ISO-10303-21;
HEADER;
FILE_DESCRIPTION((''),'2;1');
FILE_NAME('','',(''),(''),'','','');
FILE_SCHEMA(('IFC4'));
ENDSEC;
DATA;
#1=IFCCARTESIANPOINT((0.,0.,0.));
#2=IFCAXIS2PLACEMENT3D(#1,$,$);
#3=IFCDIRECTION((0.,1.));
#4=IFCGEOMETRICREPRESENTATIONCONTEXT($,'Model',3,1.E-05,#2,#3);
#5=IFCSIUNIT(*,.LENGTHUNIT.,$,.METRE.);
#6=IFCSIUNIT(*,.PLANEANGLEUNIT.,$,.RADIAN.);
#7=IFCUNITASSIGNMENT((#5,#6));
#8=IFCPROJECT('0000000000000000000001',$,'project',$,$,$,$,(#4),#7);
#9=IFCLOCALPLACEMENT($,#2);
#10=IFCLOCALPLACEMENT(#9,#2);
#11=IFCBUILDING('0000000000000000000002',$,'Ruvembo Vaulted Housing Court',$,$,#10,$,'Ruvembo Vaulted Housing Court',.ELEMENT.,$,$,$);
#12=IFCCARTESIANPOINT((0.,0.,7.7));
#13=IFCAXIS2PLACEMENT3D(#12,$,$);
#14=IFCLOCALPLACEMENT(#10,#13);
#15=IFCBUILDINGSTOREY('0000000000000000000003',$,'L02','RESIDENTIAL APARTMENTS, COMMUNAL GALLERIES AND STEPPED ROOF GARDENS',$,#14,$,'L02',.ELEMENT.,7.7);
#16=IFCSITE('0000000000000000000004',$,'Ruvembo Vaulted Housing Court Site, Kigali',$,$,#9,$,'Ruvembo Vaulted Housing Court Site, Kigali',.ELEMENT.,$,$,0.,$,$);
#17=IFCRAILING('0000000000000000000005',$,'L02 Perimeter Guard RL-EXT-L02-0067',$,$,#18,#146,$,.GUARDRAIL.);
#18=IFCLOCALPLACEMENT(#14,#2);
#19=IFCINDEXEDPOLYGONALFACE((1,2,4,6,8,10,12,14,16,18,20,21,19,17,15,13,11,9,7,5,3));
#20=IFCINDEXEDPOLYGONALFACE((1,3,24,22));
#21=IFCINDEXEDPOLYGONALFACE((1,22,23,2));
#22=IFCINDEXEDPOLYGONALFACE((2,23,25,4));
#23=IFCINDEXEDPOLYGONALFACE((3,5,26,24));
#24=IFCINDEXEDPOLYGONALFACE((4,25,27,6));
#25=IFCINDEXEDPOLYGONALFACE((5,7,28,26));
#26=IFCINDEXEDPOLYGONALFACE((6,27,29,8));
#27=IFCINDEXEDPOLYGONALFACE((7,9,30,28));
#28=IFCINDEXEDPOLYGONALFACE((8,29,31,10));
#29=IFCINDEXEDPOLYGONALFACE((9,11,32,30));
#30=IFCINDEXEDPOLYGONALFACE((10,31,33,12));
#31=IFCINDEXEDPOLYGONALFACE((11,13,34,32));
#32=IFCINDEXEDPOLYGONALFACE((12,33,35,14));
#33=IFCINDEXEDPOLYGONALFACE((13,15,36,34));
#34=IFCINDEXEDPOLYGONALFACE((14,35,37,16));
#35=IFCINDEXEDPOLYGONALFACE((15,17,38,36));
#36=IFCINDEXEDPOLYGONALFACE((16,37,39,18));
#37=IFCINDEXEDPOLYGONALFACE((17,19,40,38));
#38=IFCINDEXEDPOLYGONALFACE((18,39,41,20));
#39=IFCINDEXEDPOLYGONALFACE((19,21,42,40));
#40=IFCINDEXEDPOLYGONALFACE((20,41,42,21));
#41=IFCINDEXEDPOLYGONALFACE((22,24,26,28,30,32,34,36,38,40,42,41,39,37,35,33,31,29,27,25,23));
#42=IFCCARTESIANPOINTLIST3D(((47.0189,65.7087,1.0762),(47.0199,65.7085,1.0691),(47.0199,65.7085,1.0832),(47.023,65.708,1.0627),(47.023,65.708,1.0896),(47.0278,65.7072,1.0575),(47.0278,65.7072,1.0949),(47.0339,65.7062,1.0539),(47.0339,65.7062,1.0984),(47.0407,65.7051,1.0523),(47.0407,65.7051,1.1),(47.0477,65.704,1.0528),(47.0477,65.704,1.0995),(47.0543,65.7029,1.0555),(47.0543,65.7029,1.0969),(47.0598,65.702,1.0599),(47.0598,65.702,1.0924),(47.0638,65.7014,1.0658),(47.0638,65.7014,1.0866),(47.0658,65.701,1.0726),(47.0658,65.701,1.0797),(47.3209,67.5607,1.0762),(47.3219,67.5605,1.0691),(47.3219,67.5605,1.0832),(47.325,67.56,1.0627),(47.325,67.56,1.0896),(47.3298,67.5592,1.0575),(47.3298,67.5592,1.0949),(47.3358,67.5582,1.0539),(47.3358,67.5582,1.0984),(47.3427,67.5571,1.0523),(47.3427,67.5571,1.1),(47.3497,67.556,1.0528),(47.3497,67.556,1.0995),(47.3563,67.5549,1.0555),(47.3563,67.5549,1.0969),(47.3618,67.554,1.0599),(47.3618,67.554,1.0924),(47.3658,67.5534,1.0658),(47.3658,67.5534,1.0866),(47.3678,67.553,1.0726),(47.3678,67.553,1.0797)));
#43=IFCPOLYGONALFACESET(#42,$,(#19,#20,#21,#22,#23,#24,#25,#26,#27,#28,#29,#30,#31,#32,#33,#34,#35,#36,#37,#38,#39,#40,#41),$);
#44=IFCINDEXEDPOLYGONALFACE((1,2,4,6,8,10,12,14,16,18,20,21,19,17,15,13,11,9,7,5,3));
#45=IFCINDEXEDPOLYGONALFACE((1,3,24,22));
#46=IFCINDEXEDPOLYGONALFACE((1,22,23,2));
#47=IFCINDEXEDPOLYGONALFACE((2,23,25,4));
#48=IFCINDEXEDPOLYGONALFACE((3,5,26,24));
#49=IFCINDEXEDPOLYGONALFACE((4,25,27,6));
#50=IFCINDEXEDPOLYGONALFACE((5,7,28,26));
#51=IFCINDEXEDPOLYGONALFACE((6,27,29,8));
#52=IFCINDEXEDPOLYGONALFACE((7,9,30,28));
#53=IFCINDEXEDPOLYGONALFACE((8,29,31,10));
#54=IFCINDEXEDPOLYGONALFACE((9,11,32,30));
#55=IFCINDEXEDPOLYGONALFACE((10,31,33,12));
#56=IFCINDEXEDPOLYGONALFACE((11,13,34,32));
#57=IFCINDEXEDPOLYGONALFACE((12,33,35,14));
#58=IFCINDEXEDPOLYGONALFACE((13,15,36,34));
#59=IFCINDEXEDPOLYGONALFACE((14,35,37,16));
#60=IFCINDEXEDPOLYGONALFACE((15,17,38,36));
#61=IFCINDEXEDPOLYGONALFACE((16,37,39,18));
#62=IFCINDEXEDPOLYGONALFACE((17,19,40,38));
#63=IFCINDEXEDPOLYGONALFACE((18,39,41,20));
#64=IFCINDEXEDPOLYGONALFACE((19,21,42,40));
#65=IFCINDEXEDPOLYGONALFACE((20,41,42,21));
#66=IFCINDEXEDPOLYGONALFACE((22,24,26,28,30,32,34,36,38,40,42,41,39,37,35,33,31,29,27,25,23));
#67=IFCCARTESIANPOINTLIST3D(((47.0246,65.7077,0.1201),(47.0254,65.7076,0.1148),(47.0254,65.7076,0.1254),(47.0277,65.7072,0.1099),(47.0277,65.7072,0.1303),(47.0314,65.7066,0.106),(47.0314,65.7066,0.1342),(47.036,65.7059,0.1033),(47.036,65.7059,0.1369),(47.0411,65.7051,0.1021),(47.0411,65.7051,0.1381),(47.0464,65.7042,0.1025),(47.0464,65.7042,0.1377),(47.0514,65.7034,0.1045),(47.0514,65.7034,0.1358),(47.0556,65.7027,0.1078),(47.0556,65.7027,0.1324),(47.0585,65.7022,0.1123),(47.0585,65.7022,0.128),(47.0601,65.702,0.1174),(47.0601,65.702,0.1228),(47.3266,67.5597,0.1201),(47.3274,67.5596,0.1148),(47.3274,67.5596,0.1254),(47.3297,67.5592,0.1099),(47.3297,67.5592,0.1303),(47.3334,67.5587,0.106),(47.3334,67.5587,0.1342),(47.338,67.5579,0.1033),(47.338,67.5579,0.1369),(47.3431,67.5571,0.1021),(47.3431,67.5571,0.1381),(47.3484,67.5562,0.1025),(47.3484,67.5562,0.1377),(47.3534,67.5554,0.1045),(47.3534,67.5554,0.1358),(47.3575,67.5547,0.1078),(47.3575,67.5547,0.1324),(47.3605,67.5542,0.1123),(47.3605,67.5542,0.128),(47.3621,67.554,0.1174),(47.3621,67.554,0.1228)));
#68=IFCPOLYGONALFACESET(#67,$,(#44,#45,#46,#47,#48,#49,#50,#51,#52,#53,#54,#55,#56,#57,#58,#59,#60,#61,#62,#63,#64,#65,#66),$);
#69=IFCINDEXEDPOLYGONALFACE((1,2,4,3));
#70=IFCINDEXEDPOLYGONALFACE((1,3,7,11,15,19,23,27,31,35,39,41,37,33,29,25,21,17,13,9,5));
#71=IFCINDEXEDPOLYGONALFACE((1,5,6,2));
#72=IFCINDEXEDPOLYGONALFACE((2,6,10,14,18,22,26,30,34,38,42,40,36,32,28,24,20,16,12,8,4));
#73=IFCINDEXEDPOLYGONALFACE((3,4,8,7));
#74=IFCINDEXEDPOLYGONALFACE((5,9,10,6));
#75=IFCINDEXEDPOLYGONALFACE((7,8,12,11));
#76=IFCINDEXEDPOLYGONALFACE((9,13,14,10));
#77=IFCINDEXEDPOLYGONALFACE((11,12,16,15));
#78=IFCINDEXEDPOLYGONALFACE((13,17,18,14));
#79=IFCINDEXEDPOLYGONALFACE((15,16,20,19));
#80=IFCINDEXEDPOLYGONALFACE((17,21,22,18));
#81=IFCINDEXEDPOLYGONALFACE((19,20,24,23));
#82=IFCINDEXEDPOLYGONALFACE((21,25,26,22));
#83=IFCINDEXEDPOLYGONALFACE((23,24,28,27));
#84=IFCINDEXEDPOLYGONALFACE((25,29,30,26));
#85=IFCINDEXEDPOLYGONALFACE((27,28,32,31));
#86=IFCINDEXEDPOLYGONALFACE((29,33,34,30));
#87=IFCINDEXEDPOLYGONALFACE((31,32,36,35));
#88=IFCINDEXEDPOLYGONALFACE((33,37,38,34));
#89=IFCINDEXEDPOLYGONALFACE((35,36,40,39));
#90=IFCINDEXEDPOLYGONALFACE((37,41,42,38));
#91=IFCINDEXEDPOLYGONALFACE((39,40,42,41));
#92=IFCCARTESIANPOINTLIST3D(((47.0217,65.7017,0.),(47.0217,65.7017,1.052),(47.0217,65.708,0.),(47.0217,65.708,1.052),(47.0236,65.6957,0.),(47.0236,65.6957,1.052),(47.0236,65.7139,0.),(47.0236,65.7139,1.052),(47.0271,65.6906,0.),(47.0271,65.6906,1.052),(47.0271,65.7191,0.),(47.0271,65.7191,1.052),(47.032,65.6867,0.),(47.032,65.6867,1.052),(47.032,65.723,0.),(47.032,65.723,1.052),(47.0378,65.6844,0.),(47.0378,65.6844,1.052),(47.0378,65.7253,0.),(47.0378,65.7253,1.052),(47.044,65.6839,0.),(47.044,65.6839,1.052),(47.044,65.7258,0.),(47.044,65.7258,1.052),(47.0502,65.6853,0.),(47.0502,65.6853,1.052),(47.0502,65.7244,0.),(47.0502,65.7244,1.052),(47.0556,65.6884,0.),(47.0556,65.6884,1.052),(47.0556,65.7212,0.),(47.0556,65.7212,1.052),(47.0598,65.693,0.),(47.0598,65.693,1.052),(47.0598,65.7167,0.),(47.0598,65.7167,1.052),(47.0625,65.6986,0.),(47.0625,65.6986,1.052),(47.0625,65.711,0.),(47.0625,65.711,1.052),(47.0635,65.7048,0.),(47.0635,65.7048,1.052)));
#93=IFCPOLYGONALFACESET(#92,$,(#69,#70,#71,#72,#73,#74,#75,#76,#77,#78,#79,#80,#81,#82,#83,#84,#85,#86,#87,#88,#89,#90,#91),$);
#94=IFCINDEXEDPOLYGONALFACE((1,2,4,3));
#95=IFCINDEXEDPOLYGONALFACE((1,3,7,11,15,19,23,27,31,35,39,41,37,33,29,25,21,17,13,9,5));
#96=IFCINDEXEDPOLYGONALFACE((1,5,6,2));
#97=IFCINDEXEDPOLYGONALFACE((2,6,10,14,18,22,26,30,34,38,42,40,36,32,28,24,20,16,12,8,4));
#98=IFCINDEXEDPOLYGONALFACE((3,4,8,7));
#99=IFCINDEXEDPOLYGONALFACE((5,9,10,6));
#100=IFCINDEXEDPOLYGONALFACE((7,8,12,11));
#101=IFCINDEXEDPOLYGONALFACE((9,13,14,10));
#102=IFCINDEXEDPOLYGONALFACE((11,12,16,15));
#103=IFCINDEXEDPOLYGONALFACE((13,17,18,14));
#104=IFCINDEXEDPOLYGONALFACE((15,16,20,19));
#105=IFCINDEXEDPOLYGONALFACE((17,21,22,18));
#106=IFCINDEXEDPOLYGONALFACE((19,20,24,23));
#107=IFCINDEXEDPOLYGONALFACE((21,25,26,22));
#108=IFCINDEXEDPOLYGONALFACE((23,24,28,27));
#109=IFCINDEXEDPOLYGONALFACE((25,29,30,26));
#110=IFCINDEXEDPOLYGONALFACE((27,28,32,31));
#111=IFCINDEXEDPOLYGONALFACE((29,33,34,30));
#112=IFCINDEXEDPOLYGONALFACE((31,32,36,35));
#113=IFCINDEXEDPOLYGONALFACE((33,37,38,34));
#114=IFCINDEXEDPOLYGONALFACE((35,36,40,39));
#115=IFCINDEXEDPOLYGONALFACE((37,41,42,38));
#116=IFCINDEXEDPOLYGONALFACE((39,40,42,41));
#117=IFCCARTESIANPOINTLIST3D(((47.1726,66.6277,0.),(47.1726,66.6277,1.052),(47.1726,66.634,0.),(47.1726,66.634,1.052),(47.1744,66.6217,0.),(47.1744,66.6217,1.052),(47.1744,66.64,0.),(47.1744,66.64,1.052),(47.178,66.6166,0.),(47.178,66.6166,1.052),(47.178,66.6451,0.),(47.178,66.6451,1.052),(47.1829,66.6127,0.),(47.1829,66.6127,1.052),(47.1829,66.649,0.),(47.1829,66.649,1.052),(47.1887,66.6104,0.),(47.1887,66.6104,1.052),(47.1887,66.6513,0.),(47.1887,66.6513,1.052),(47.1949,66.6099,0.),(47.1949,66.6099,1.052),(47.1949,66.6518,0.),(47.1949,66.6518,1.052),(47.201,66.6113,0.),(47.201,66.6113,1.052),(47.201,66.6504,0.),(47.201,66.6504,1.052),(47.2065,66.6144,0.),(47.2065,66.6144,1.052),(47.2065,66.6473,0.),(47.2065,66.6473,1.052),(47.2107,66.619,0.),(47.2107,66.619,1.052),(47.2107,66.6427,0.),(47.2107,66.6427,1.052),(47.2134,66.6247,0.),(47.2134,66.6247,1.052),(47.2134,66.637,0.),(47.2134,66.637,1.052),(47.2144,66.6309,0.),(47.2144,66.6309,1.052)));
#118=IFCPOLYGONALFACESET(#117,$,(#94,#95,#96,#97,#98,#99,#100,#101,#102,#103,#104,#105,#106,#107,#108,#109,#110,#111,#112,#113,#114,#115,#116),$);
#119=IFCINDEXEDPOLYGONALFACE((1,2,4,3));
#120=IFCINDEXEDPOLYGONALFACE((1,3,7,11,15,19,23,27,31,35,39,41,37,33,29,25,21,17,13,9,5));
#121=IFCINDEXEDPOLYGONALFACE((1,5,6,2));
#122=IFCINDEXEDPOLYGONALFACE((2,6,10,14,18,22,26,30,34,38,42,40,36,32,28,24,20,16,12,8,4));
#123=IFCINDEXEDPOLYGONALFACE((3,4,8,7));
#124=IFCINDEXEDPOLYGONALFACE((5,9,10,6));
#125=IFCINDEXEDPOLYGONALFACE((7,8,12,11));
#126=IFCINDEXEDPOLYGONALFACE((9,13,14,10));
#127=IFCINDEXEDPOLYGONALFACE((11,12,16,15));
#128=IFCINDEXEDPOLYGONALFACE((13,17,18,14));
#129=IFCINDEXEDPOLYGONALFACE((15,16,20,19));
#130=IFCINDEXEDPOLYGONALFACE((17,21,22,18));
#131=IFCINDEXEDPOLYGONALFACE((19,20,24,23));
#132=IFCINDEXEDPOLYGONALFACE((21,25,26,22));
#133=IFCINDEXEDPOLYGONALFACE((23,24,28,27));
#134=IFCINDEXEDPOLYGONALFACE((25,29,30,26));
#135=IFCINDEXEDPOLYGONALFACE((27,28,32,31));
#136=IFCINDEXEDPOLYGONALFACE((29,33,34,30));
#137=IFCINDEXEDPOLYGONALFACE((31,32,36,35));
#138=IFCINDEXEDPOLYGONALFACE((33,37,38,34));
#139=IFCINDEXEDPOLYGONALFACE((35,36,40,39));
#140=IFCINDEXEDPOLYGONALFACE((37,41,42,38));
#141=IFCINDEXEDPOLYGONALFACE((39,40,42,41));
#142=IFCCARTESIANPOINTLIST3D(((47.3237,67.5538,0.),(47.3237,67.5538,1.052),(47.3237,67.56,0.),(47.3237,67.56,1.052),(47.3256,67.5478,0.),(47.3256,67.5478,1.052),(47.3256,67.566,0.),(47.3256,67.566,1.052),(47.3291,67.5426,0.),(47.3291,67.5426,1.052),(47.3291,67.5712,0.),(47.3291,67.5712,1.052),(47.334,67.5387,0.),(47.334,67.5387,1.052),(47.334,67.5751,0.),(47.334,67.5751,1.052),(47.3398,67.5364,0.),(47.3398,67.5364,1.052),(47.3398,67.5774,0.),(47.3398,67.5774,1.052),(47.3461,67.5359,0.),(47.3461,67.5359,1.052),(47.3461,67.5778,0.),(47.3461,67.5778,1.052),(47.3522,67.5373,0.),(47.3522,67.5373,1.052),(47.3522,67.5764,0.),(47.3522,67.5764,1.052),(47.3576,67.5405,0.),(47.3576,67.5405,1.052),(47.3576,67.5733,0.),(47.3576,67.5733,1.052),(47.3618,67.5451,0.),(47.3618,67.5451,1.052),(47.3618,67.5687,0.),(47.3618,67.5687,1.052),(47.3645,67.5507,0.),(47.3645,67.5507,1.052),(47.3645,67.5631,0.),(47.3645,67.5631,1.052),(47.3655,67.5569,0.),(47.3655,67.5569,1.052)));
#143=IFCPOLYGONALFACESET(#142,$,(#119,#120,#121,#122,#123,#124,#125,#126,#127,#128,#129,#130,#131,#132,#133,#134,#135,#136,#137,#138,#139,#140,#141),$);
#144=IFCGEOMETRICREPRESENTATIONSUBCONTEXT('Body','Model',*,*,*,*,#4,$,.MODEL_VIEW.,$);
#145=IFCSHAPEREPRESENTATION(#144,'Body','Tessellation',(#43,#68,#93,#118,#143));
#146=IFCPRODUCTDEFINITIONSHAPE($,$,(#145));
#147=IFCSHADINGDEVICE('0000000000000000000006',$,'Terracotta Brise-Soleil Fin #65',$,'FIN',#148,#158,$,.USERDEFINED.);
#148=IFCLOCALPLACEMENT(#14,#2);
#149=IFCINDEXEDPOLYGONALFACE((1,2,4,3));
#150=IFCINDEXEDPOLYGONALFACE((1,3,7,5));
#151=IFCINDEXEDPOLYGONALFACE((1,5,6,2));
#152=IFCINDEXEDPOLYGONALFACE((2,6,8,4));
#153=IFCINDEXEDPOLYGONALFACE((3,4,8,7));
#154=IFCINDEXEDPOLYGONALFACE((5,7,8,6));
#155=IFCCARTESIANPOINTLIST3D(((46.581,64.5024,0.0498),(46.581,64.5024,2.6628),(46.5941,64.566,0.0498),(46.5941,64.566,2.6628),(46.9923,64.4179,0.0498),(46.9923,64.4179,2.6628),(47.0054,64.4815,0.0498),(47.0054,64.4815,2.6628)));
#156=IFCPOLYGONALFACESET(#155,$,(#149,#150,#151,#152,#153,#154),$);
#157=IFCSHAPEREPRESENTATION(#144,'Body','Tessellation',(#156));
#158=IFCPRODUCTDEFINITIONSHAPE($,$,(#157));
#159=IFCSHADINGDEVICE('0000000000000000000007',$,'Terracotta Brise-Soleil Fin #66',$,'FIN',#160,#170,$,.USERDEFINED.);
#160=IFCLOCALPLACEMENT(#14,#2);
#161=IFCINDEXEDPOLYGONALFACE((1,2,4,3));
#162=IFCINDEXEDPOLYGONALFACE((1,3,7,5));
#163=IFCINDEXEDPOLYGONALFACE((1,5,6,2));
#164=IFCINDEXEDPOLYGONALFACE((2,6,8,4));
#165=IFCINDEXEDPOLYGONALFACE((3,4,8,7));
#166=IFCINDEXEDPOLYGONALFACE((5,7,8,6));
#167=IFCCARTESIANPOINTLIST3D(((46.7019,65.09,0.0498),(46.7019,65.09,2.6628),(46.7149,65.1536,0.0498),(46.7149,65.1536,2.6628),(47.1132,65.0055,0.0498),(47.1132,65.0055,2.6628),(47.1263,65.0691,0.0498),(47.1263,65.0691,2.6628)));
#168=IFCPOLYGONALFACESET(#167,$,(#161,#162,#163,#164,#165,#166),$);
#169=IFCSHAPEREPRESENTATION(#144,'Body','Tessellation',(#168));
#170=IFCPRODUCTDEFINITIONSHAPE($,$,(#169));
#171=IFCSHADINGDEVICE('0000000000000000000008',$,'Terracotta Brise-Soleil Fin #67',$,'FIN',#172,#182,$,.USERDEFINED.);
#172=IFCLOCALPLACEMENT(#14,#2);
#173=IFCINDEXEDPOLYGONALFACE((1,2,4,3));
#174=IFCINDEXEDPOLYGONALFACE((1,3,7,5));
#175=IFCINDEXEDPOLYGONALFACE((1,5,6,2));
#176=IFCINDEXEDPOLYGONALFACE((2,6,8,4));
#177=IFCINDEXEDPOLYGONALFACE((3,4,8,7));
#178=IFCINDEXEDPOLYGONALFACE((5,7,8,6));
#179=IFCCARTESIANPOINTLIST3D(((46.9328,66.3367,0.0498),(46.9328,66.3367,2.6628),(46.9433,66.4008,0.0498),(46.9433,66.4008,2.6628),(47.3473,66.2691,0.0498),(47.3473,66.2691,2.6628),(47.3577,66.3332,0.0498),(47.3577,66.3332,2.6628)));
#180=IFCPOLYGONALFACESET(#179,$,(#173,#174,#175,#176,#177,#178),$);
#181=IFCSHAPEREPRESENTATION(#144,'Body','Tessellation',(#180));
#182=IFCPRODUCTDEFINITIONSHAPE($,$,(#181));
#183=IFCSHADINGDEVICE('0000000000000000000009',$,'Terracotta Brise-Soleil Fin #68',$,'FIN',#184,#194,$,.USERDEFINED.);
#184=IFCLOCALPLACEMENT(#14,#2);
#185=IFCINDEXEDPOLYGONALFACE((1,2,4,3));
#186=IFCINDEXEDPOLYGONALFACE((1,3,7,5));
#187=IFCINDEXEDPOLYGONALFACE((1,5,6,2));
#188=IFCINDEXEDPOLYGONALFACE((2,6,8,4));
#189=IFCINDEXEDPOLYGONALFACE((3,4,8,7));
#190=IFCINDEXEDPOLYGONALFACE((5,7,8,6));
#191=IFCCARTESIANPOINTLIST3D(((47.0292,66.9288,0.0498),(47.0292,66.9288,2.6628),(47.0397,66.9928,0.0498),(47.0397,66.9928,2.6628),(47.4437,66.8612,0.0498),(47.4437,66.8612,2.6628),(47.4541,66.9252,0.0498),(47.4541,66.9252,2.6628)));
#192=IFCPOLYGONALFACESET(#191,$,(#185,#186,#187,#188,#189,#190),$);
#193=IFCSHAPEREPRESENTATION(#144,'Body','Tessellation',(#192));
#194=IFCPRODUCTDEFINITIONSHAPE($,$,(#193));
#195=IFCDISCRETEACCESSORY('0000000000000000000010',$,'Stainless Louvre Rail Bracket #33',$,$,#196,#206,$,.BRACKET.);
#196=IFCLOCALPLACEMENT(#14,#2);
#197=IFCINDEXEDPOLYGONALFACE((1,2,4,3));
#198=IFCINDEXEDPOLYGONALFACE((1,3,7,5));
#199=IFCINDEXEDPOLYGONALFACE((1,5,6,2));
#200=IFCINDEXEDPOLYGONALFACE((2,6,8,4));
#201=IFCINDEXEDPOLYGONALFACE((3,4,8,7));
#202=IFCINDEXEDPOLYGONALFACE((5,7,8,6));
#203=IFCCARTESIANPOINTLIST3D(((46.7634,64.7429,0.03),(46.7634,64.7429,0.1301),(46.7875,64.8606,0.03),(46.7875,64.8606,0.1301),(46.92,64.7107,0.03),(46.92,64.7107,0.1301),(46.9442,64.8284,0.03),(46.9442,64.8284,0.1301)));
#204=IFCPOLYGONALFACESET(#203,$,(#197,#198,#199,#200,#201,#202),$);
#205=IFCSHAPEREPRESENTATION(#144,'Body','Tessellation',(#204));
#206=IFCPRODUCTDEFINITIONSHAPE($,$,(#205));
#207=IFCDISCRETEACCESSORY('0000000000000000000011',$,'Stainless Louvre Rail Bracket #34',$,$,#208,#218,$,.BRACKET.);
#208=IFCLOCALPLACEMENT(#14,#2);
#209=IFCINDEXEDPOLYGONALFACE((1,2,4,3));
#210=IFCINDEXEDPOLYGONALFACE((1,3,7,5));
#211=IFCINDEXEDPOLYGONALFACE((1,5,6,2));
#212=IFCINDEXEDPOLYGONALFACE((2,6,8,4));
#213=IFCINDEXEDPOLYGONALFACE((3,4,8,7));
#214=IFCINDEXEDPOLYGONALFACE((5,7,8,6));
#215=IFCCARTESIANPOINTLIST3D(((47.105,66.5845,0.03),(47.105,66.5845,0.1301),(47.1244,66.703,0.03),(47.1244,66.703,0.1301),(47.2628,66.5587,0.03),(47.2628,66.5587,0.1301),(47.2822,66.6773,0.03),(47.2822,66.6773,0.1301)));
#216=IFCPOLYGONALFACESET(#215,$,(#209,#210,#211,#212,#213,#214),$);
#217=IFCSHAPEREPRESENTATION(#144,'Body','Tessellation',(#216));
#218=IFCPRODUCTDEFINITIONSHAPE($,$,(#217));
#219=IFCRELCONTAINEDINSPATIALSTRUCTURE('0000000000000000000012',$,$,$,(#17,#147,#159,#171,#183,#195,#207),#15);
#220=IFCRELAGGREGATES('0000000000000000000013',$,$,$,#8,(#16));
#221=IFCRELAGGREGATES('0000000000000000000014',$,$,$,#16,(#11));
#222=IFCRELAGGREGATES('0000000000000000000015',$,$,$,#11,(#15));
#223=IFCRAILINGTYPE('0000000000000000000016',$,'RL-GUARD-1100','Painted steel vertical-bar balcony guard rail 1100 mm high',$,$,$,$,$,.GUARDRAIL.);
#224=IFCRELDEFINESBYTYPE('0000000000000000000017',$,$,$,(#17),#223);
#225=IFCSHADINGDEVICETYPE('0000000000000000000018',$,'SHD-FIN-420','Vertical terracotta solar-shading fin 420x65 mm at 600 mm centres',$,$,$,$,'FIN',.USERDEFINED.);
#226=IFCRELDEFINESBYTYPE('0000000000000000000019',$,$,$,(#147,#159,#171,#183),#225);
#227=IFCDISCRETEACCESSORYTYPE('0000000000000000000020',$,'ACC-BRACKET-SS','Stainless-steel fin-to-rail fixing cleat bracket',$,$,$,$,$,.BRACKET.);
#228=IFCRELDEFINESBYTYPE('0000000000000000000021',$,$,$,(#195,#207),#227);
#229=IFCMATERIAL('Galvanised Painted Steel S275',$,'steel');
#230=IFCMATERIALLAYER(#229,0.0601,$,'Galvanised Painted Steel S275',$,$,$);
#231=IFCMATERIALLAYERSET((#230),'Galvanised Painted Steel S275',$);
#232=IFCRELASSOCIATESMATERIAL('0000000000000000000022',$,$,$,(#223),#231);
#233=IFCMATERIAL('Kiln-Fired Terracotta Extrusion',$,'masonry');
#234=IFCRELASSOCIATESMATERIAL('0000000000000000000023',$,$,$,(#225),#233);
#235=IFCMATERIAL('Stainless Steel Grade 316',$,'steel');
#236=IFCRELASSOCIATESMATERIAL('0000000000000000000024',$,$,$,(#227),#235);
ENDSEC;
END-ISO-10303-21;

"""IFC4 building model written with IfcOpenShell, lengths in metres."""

from ifc_helpers import new_model, si_unit, direction, frame, origin, origin_2d, place, context, subcontext, project, spatial, rectangle, circle, extrude, material, layer, layer_set, type_object, element, save


model = new_model("IFC4")

# Units and contexts
model_context = context("Model", 3, precision=1e-05, world=origin(), true_north=direction((0.0, 1.0)))
body_context = subcontext(model_context, "Body", "Model", "MODEL_VIEW")
ifc_project = project(units=[si_unit("LENGTHUNIT", "METRE"), si_unit("PLANEANGLEUNIT", "RADIAN")], contexts=[model_context])

# Site, building, storey
site_placement = place(None, origin())
site = spatial("IfcSite", under=ifc_project, at=site_placement, Name="Ruvembo Vaulted Housing Court Site, Kigali", LongName="Ruvembo Vaulted Housing Court Site, Kigali", CompositionType="ELEMENT", RefElevation=0.0)
building_placement = place(site_placement, origin())
building = spatial("IfcBuilding", under=site, at=building_placement, Name="Ruvembo Vaulted Housing Court", LongName="Ruvembo Vaulted Housing Court", CompositionType="ELEMENT")
storey_placement = place(building_placement, frame((0.0, 0.0, 7.7)))
storey = spatial("IfcBuildingStorey", under=building, at=storey_placement, Name="L02", Description="RESIDENTIAL APARTMENTS, COMMUNAL GALLERIES AND STEPPED ROOF GARDENS", LongName="L02", CompositionType="ELEMENT", Elevation=7.7)

# Railing
ifc_material_1 = material(Name="Galvanised Painted Steel S275", Category="steel")
ifc_layer_1 = layer(ifc_material_1, 0.0601, Name="Galvanised Painted Steel S275")
ifc_layer_set_1 = layer_set([ifc_layer_1], Name="Galvanised Painted Steel S275")
railing_type = type_object("IfcRailingType", Name="RL-GUARD-1100", Description="Painted steel vertical-bar balcony guard rail 1100 mm high", PredefinedType="GUARDRAIL", material=ifc_layer_set_1)
railing_1_placement = place(storey_placement, frame((47.0425, 65.7048, 0.0)))
element("IfcRailing", 1, at=railing_1_placement, inside=storey, type_object=railing_type, Name="L02 Perimeter Guard RL-EXT-L02-0067", PredefinedType="GUARDRAIL", context=body_context, shape_type="SweptSolid", body=[
    extrude(circle(Radius=0.0239, at=origin_2d()), frame((0.0, 0.0, 1.0762), z_axis=(0.160938, 0.986965, 0.0), x_axis=(-0.986965, 0.160938, 0.0)), (0.0, 0.0, 1.0), 1.8765),
    extrude(circle(Radius=0.0181, at=origin_2d()), frame((0.0, 0.0, 0.1201), z_axis=(0.160938, 0.986965, 0.0), x_axis=(-0.986965, 0.160938, 0.0)), (0.0, 0.0, 1.0), 1.8765),
    extrude(circle(Radius=0.021, at=origin_2d()), origin(), (0.0, 0.0, 1.0), 1.052),
    extrude(circle(Radius=0.021, at=origin_2d()), frame((0.1509, 0.926, 0.0)), (0.0, 0.0, 1.0), 1.052),
    extrude(circle(Radius=0.021, at=origin_2d()), frame((0.302, 1.8521, 0.0)), (0.0, 0.0, 1.0), 1.052),
])

# Shading devices
ifc_material_2 = material(Name="Kiln-Fired Terracotta Extrusion", Category="masonry")
shading_device_type = type_object("IfcShadingDeviceType", Name="SHD-FIN-420", Description="Vertical terracotta solar-shading fin 420x65 mm at 600 mm centres", ElementType="FIN", PredefinedType="USERDEFINED", material=ifc_material_2)
for number, where, z_axis, x_axis, name in (
    (2, (46.7932, 64.4919, 0.0498), (0.0, 0.0, 1.0), (0.979547, -0.201215, 0.0), "Terracotta Brise-Soleil Fin #65"),
    (3, (46.9141, 65.0796, 0.0498), (0.0, 0.0, 1.0), (0.979547, -0.201215, 0.0), "Terracotta Brise-Soleil Fin #66"),
    (4, (47.1453, 66.335, 0.0498), (0.0, 0.0, 1.0), (0.986957, -0.160984, 0.0), "Terracotta Brise-Soleil Fin #67"),
    (5, (47.2417, 66.927, 0.0498), (0.0, 0.0, 1.0), (0.986957, -0.160984, 0.0), "Terracotta Brise-Soleil Fin #68"),
):
    element("IfcShadingDevice", number, at=place(storey_placement, frame(where, z_axis=z_axis, x_axis=x_axis)), inside=storey, type_object=shading_device_type, Name=name, ObjectType="FIN", PredefinedType="USERDEFINED", context=body_context, shape_type="SweptSolid", body=[
        extrude(rectangle(XDim=0.4199, YDim=0.0649, at=origin_2d()), origin(), (0.0, 0.0, 1.0), 2.613),
    ])

# Discrete accessories
ifc_material_3 = material(Name="Stainless Steel Grade 316", Category="steel")
discrete_accessory_type = type_object("IfcDiscreteAccessoryType", Name="ACC-BRACKET-SS", Description="Stainless-steel fin-to-rail fixing cleat bracket", PredefinedType="BRACKET", material=ifc_material_3)
for number, where, z_axis, x_axis, name in (
    (6, (46.8538, 64.7856, 0.03), (0.0, 0.0, 1.0), (0.979547, -0.201215, 0.0), "Stainless Louvre Rail Bracket #33"),
    (7, (47.1936, 66.6309, 0.03), (0.0, 0.0, 1.0), (0.986957, -0.160984, 0.0), "Stainless Louvre Rail Bracket #34"),
):
    element("IfcDiscreteAccessory", number, at=place(storey_placement, frame(where, z_axis=z_axis, x_axis=x_axis)), inside=storey, type_object=discrete_accessory_type, Name=name, PredefinedType="BRACKET", context=body_context, shape_type="SweptSolid", body=[
        extrude(rectangle(XDim=0.1599, YDim=0.1201, at=origin_2d()), origin(), (0.0, 0.0, 1.0), 0.1001),
    ])

save(model, "model.ifc")
